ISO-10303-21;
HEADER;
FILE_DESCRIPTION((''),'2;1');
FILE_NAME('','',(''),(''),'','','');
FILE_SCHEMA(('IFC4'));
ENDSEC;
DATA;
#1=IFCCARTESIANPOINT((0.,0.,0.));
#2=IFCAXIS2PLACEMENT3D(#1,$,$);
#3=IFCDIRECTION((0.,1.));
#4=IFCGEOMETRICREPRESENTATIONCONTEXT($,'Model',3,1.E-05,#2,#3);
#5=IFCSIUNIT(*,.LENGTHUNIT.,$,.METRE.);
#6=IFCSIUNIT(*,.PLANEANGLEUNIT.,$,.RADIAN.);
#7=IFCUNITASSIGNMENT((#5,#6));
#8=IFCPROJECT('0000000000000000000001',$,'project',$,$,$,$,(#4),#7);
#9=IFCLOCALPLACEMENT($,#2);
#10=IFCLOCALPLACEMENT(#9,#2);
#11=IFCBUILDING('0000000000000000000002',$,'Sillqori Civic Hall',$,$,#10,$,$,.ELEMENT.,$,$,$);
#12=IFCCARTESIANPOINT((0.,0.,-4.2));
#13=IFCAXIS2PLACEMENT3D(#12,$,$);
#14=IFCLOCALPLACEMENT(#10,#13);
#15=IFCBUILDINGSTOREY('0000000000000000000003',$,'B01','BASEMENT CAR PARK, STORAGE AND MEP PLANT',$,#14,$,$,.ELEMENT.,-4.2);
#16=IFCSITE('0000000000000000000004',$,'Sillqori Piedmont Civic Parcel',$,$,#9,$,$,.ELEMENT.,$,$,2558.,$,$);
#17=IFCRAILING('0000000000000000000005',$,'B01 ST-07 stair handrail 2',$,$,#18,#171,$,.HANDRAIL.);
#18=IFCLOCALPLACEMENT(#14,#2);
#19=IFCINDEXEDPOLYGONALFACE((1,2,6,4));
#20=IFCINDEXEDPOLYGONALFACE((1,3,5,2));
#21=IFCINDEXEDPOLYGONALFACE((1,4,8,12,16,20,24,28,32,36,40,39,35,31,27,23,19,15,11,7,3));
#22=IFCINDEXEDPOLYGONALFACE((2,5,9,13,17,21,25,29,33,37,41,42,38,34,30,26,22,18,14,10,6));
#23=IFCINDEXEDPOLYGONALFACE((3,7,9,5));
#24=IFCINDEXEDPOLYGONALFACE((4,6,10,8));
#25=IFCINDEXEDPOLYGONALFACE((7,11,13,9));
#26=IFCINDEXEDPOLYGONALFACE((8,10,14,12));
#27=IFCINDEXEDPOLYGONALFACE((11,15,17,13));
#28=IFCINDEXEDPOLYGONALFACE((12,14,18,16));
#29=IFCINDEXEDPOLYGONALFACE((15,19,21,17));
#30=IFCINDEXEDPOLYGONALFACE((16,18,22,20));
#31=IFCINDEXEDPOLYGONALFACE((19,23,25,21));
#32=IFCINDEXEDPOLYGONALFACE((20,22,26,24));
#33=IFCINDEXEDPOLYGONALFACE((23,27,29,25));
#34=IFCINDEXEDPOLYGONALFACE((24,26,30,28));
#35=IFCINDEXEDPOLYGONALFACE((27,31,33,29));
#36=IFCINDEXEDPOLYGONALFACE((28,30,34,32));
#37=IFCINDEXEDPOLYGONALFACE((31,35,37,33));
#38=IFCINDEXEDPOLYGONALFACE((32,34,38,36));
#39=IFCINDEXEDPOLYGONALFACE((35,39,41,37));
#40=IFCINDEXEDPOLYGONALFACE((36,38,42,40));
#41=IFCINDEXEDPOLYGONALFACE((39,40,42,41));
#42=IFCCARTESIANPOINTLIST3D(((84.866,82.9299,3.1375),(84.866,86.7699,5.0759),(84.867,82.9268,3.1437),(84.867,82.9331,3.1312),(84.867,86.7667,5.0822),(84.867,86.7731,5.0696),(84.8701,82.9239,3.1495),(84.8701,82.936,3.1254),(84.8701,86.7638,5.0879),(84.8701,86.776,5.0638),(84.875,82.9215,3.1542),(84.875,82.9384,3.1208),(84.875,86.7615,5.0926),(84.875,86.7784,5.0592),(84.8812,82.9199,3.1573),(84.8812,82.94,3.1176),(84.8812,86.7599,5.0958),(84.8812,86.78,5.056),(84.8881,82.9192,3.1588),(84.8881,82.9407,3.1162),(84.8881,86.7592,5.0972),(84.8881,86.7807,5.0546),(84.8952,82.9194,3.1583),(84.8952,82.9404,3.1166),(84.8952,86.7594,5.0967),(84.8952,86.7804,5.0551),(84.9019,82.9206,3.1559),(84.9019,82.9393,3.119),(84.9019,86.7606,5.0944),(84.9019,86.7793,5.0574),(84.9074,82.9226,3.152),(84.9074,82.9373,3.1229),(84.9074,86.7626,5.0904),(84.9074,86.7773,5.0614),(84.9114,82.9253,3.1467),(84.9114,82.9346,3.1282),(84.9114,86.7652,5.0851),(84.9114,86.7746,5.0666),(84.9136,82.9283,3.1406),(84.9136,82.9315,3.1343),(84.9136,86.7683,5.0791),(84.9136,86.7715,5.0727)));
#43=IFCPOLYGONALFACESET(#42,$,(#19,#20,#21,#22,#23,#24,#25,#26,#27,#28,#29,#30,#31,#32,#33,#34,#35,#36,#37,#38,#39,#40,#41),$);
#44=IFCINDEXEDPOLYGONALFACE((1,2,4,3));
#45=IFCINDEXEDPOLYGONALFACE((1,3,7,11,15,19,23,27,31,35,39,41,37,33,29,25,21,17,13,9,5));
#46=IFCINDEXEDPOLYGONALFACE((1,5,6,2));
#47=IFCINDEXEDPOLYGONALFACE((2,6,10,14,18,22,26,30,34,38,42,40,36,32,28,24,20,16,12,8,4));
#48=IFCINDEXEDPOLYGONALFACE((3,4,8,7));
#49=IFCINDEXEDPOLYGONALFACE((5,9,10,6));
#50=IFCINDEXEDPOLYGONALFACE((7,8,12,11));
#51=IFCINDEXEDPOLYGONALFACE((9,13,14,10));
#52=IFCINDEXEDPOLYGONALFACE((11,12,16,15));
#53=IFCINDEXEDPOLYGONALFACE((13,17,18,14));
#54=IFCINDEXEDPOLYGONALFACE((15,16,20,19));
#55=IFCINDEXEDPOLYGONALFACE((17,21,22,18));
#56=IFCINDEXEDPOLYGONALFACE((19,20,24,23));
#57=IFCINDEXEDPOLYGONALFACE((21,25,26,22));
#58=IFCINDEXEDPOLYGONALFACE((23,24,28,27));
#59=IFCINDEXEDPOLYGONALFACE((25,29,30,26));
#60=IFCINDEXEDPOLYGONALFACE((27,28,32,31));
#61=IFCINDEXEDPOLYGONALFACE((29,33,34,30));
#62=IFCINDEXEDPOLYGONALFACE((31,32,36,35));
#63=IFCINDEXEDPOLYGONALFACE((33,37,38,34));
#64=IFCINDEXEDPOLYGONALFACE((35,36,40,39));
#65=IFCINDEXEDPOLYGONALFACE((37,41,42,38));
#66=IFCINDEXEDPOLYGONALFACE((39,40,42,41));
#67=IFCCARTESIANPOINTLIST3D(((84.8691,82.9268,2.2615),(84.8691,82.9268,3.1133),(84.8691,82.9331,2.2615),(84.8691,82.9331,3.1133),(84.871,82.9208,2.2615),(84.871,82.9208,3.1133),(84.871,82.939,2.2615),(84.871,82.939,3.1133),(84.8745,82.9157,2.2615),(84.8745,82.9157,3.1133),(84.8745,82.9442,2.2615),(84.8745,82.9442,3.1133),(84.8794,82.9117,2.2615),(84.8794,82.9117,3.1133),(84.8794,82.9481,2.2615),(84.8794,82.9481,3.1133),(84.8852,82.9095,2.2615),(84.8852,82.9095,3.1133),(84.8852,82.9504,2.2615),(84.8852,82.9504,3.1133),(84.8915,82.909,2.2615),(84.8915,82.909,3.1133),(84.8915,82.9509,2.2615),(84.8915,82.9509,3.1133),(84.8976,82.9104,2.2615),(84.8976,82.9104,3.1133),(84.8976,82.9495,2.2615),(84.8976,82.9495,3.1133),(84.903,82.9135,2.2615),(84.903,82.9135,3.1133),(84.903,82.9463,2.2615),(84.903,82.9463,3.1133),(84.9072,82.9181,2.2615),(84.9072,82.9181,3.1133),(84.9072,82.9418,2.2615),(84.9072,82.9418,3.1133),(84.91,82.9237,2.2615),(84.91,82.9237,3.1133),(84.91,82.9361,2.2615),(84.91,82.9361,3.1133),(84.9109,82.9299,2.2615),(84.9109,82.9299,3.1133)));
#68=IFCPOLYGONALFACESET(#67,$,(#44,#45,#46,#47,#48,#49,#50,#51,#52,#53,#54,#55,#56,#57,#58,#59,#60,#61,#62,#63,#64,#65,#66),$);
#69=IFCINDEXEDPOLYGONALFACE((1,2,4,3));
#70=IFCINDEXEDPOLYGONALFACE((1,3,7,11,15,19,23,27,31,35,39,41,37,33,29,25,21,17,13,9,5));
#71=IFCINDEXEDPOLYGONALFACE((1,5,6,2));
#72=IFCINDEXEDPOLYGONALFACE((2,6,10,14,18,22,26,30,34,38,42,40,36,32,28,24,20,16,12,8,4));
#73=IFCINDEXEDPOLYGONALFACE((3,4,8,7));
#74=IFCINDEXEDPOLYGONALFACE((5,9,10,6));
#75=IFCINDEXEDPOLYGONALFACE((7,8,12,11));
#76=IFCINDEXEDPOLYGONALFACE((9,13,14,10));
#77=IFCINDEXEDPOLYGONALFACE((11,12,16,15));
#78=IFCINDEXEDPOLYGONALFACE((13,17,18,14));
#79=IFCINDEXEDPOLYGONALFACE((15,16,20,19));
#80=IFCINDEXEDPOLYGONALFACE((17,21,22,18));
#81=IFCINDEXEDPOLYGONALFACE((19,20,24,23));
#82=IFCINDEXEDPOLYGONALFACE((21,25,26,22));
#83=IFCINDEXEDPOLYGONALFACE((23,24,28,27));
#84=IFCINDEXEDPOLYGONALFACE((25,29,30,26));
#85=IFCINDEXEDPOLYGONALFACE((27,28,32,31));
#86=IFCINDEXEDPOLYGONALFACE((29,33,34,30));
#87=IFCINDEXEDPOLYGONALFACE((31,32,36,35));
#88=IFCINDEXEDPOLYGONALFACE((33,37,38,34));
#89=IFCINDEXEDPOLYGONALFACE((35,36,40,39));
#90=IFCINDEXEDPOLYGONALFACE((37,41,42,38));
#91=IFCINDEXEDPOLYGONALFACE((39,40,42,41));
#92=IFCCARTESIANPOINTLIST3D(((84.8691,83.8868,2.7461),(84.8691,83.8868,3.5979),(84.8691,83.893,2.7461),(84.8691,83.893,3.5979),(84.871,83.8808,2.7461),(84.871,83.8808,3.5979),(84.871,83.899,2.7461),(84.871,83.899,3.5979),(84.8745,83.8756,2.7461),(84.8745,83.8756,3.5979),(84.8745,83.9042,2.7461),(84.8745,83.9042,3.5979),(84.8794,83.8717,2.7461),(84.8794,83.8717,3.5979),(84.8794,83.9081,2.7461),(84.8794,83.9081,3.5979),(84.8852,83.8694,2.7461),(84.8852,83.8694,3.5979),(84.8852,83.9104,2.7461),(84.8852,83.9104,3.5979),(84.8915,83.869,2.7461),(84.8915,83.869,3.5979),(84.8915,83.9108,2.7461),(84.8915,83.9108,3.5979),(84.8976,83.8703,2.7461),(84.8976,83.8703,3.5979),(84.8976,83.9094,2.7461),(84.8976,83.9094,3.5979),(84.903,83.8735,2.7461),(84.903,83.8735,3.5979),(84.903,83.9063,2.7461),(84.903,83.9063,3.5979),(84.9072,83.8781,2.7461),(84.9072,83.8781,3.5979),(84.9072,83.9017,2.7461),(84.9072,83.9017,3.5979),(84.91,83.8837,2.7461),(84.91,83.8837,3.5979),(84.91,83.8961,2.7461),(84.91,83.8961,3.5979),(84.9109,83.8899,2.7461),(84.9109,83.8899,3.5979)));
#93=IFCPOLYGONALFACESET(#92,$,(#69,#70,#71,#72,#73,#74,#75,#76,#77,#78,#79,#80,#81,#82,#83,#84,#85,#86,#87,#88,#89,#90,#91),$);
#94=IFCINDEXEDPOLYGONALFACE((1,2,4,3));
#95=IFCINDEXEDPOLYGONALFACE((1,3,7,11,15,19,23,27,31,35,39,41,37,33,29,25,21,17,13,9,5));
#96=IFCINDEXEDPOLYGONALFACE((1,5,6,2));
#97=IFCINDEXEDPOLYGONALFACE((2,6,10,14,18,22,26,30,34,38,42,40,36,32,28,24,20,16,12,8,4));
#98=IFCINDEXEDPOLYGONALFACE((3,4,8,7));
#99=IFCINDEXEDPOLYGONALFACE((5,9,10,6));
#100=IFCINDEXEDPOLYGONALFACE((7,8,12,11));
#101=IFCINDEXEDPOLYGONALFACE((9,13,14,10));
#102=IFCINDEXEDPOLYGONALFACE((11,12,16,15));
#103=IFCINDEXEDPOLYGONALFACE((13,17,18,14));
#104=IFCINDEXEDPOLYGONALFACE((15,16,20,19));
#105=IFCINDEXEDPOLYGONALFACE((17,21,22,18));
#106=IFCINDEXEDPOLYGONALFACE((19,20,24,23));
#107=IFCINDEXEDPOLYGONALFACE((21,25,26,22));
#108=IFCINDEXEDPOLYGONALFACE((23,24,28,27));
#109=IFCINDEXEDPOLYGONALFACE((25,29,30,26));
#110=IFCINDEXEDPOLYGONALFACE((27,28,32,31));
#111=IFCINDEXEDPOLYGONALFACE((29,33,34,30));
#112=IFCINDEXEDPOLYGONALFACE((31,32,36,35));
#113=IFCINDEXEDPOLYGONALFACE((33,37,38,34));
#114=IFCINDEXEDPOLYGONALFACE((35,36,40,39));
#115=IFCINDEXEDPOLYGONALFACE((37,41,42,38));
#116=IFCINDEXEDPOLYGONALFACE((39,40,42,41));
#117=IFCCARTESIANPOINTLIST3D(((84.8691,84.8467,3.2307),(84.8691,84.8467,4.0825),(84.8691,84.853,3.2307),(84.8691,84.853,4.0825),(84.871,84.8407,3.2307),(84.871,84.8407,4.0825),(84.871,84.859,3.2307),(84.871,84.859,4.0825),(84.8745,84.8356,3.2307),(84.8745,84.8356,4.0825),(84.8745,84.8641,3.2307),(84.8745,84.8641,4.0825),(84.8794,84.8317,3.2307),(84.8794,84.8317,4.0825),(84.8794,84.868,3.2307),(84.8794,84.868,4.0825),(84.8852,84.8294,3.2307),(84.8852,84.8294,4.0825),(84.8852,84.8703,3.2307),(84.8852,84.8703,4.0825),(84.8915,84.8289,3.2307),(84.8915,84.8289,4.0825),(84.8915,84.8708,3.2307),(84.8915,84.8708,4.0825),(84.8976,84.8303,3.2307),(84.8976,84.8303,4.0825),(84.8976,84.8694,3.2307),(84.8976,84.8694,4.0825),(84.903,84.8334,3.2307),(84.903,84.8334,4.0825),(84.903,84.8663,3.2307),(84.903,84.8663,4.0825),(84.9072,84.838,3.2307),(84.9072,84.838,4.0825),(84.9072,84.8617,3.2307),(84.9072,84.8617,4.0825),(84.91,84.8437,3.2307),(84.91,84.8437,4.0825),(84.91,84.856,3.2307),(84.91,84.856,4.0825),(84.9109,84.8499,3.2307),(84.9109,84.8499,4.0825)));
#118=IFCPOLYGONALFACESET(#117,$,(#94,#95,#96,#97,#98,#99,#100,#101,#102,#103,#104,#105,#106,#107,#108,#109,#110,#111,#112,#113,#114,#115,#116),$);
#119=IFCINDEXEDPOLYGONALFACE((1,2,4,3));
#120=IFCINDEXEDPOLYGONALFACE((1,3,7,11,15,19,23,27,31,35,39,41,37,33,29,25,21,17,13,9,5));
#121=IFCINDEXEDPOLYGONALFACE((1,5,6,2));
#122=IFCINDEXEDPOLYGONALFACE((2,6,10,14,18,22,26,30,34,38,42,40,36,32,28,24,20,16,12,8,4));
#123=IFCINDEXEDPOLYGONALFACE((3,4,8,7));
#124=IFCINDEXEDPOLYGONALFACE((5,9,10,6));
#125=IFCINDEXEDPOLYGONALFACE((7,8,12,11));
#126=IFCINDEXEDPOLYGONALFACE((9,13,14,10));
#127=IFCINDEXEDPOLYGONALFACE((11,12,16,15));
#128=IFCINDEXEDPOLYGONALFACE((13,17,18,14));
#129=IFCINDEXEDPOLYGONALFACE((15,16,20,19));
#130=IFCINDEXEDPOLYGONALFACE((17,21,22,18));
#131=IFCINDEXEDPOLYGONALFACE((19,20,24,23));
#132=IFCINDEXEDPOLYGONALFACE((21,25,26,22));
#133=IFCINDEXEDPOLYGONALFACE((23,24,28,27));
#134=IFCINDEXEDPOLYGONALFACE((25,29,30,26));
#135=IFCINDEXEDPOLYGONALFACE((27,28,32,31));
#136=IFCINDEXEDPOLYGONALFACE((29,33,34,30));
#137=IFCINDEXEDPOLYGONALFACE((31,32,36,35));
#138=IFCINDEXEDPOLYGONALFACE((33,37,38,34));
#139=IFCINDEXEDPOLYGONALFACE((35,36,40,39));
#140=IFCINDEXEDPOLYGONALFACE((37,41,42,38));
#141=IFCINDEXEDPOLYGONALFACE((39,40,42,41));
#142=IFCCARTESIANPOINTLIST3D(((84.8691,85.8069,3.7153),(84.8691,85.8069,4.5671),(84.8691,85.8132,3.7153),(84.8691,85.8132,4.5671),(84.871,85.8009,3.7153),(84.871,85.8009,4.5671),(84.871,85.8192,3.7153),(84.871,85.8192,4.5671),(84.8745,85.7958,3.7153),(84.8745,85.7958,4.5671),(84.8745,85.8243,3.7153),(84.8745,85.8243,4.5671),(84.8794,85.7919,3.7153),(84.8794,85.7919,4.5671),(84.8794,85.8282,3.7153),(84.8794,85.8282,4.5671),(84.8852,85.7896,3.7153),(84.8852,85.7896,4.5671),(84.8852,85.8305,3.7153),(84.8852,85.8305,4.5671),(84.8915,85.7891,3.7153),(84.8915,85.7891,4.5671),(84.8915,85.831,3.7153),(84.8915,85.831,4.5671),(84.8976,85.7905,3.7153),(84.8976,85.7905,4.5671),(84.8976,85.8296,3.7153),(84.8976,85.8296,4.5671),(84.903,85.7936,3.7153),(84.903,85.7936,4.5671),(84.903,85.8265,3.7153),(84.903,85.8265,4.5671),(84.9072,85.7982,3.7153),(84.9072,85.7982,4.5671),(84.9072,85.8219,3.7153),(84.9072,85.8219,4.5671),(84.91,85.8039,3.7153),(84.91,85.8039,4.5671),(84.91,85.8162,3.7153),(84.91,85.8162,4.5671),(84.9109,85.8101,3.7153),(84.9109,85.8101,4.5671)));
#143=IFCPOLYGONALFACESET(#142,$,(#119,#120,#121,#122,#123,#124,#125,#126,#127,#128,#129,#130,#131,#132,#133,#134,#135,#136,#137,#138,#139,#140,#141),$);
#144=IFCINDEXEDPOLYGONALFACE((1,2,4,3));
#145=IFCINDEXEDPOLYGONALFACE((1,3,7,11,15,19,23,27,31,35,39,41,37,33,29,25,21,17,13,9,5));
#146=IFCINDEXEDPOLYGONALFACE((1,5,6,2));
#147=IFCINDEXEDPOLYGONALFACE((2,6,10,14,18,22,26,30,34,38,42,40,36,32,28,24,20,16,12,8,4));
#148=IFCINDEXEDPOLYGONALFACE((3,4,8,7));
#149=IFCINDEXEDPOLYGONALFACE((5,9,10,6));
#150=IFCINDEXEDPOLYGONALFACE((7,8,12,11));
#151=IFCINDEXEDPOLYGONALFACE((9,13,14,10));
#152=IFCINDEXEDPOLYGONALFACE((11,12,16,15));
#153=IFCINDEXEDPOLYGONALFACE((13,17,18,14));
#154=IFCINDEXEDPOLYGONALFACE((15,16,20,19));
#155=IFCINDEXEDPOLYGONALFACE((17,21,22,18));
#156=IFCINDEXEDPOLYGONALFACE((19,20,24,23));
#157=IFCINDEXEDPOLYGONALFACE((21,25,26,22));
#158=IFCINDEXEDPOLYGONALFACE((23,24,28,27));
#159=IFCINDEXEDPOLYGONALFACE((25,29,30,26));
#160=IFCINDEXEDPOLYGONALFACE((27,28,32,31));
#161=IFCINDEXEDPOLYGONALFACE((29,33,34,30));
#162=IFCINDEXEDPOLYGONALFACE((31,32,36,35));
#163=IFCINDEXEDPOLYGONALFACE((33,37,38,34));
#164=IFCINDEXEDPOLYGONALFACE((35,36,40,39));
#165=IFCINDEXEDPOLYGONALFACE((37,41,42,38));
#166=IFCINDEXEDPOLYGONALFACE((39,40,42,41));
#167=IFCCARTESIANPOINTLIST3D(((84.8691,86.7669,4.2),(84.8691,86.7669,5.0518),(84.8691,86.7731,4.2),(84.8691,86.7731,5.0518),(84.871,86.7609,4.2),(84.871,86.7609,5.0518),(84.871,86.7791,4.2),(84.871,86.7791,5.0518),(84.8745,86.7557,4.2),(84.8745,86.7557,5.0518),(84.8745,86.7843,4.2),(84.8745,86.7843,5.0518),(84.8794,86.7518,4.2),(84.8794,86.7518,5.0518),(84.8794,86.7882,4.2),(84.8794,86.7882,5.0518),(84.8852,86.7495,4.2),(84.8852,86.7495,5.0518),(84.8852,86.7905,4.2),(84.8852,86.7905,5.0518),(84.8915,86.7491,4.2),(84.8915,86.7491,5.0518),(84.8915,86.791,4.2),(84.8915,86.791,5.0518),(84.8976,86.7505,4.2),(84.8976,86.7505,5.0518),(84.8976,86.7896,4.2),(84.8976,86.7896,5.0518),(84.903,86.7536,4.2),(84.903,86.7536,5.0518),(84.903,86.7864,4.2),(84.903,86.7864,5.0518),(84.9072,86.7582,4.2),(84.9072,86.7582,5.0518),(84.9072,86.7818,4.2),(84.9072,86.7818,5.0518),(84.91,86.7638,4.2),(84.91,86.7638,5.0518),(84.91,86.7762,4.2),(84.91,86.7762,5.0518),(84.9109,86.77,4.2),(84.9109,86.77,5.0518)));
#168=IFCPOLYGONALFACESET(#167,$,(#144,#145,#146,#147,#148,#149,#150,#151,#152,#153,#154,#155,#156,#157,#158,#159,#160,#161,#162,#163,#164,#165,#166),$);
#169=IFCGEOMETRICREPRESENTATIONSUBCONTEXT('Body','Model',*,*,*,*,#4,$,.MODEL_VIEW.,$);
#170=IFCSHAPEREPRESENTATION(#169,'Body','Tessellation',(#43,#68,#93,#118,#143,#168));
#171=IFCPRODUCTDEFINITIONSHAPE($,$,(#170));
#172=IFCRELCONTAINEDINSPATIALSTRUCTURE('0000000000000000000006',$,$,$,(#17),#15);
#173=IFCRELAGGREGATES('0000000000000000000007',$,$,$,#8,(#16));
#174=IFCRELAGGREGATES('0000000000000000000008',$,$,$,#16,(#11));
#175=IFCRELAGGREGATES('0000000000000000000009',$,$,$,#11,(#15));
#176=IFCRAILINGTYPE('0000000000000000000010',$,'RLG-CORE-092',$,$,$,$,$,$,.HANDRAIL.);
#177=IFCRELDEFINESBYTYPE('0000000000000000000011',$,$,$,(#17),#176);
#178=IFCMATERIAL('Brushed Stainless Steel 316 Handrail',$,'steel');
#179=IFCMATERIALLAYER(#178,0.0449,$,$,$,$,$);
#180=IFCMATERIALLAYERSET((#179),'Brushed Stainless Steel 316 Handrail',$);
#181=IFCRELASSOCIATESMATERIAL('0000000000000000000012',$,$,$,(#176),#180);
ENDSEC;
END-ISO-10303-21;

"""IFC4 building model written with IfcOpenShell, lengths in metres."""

from ifc_helpers import new_model, si_unit, direction, frame, origin, origin_2d, place, context, subcontext, project, spatial, circle, extrude, material, layer, layer_set, type_object, element, save


model = new_model("IFC4")

# Units and contexts
model_context = context("Model", 3, precision=1e-05, world=origin(), true_north=direction((0.0, 1.0)))
body_context = subcontext(model_context, "Body", "Model", "MODEL_VIEW")
ifc_project = project(units=[si_unit("LENGTHUNIT", "METRE"), si_unit("PLANEANGLEUNIT", "RADIAN")], contexts=[model_context])

# Site, building, storey
site_placement = place(None, origin())
site = spatial("IfcSite", under=ifc_project, at=site_placement, Name="Sillqori Piedmont Civic Parcel", CompositionType="ELEMENT", RefElevation=2558.0)
building_placement = place(site_placement, origin())
building = spatial("IfcBuilding", under=site, at=building_placement, Name="Sillqori Civic Hall", CompositionType="ELEMENT")
storey_placement = place(building_placement, frame((0.0, 0.0, -4.2)))
storey = spatial("IfcBuildingStorey", under=building, at=storey_placement, Name="B01", Description="BASEMENT CAR PARK, STORAGE AND MEP PLANT", CompositionType="ELEMENT", Elevation=-4.2)

# Railing
ifc_material_1 = material(Name="Brushed Stainless Steel 316 Handrail", Category="steel")
ifc_layer_1 = layer(ifc_material_1, 0.0449)
ifc_layer_set_1 = layer_set([ifc_layer_1], Name="Brushed Stainless Steel 316 Handrail")
railing_type_1 = type_object("IfcRailingType", Name="RLG-CORE-092", PredefinedType="HANDRAIL", material=ifc_layer_set_1)
railing_1_placement = place(storey_placement, frame((84.8899, 82.9299, 2.2615)))
element("IfcRailing", 1, at=railing_1_placement, inside=storey, type_object=railing_type_1, Name="B01 ST-07 stair handrail 2", PredefinedType="HANDRAIL", context=body_context, shape_type="SweptSolid", body=[
    extrude(circle(Radius=0.0239, at=origin_2d()), frame((0.0, 0.0, 0.876), z_axis=(0.0, 0.892707, 0.450638), x_axis=(-1.0, 0.0, 0.0)), (0.0, 0.0, 1.0), 4.3015),
    extrude(circle(Radius=0.021, at=origin_2d()), origin(), (0.0, 0.0, 1.0), 0.8518),
    extrude(circle(Radius=0.021, at=origin_2d()), frame((0.0, 0.96, 0.4846)), (0.0, 0.0, 1.0), 0.8518),
    extrude(circle(Radius=0.021, at=origin_2d()), frame((0.0, 1.9199, 0.9692)), (0.0, 0.0, 1.0), 0.8518),
    extrude(circle(Radius=0.021, at=origin_2d()), frame((0.0, 2.8801, 1.4539)), (0.0, 0.0, 1.0), 0.8518),
    extrude(circle(Radius=0.021, at=origin_2d()), frame((0.0, 3.8401, 1.9385)), (0.0, 0.0, 1.0), 0.8518),
])

save(model, "model.ifc")
